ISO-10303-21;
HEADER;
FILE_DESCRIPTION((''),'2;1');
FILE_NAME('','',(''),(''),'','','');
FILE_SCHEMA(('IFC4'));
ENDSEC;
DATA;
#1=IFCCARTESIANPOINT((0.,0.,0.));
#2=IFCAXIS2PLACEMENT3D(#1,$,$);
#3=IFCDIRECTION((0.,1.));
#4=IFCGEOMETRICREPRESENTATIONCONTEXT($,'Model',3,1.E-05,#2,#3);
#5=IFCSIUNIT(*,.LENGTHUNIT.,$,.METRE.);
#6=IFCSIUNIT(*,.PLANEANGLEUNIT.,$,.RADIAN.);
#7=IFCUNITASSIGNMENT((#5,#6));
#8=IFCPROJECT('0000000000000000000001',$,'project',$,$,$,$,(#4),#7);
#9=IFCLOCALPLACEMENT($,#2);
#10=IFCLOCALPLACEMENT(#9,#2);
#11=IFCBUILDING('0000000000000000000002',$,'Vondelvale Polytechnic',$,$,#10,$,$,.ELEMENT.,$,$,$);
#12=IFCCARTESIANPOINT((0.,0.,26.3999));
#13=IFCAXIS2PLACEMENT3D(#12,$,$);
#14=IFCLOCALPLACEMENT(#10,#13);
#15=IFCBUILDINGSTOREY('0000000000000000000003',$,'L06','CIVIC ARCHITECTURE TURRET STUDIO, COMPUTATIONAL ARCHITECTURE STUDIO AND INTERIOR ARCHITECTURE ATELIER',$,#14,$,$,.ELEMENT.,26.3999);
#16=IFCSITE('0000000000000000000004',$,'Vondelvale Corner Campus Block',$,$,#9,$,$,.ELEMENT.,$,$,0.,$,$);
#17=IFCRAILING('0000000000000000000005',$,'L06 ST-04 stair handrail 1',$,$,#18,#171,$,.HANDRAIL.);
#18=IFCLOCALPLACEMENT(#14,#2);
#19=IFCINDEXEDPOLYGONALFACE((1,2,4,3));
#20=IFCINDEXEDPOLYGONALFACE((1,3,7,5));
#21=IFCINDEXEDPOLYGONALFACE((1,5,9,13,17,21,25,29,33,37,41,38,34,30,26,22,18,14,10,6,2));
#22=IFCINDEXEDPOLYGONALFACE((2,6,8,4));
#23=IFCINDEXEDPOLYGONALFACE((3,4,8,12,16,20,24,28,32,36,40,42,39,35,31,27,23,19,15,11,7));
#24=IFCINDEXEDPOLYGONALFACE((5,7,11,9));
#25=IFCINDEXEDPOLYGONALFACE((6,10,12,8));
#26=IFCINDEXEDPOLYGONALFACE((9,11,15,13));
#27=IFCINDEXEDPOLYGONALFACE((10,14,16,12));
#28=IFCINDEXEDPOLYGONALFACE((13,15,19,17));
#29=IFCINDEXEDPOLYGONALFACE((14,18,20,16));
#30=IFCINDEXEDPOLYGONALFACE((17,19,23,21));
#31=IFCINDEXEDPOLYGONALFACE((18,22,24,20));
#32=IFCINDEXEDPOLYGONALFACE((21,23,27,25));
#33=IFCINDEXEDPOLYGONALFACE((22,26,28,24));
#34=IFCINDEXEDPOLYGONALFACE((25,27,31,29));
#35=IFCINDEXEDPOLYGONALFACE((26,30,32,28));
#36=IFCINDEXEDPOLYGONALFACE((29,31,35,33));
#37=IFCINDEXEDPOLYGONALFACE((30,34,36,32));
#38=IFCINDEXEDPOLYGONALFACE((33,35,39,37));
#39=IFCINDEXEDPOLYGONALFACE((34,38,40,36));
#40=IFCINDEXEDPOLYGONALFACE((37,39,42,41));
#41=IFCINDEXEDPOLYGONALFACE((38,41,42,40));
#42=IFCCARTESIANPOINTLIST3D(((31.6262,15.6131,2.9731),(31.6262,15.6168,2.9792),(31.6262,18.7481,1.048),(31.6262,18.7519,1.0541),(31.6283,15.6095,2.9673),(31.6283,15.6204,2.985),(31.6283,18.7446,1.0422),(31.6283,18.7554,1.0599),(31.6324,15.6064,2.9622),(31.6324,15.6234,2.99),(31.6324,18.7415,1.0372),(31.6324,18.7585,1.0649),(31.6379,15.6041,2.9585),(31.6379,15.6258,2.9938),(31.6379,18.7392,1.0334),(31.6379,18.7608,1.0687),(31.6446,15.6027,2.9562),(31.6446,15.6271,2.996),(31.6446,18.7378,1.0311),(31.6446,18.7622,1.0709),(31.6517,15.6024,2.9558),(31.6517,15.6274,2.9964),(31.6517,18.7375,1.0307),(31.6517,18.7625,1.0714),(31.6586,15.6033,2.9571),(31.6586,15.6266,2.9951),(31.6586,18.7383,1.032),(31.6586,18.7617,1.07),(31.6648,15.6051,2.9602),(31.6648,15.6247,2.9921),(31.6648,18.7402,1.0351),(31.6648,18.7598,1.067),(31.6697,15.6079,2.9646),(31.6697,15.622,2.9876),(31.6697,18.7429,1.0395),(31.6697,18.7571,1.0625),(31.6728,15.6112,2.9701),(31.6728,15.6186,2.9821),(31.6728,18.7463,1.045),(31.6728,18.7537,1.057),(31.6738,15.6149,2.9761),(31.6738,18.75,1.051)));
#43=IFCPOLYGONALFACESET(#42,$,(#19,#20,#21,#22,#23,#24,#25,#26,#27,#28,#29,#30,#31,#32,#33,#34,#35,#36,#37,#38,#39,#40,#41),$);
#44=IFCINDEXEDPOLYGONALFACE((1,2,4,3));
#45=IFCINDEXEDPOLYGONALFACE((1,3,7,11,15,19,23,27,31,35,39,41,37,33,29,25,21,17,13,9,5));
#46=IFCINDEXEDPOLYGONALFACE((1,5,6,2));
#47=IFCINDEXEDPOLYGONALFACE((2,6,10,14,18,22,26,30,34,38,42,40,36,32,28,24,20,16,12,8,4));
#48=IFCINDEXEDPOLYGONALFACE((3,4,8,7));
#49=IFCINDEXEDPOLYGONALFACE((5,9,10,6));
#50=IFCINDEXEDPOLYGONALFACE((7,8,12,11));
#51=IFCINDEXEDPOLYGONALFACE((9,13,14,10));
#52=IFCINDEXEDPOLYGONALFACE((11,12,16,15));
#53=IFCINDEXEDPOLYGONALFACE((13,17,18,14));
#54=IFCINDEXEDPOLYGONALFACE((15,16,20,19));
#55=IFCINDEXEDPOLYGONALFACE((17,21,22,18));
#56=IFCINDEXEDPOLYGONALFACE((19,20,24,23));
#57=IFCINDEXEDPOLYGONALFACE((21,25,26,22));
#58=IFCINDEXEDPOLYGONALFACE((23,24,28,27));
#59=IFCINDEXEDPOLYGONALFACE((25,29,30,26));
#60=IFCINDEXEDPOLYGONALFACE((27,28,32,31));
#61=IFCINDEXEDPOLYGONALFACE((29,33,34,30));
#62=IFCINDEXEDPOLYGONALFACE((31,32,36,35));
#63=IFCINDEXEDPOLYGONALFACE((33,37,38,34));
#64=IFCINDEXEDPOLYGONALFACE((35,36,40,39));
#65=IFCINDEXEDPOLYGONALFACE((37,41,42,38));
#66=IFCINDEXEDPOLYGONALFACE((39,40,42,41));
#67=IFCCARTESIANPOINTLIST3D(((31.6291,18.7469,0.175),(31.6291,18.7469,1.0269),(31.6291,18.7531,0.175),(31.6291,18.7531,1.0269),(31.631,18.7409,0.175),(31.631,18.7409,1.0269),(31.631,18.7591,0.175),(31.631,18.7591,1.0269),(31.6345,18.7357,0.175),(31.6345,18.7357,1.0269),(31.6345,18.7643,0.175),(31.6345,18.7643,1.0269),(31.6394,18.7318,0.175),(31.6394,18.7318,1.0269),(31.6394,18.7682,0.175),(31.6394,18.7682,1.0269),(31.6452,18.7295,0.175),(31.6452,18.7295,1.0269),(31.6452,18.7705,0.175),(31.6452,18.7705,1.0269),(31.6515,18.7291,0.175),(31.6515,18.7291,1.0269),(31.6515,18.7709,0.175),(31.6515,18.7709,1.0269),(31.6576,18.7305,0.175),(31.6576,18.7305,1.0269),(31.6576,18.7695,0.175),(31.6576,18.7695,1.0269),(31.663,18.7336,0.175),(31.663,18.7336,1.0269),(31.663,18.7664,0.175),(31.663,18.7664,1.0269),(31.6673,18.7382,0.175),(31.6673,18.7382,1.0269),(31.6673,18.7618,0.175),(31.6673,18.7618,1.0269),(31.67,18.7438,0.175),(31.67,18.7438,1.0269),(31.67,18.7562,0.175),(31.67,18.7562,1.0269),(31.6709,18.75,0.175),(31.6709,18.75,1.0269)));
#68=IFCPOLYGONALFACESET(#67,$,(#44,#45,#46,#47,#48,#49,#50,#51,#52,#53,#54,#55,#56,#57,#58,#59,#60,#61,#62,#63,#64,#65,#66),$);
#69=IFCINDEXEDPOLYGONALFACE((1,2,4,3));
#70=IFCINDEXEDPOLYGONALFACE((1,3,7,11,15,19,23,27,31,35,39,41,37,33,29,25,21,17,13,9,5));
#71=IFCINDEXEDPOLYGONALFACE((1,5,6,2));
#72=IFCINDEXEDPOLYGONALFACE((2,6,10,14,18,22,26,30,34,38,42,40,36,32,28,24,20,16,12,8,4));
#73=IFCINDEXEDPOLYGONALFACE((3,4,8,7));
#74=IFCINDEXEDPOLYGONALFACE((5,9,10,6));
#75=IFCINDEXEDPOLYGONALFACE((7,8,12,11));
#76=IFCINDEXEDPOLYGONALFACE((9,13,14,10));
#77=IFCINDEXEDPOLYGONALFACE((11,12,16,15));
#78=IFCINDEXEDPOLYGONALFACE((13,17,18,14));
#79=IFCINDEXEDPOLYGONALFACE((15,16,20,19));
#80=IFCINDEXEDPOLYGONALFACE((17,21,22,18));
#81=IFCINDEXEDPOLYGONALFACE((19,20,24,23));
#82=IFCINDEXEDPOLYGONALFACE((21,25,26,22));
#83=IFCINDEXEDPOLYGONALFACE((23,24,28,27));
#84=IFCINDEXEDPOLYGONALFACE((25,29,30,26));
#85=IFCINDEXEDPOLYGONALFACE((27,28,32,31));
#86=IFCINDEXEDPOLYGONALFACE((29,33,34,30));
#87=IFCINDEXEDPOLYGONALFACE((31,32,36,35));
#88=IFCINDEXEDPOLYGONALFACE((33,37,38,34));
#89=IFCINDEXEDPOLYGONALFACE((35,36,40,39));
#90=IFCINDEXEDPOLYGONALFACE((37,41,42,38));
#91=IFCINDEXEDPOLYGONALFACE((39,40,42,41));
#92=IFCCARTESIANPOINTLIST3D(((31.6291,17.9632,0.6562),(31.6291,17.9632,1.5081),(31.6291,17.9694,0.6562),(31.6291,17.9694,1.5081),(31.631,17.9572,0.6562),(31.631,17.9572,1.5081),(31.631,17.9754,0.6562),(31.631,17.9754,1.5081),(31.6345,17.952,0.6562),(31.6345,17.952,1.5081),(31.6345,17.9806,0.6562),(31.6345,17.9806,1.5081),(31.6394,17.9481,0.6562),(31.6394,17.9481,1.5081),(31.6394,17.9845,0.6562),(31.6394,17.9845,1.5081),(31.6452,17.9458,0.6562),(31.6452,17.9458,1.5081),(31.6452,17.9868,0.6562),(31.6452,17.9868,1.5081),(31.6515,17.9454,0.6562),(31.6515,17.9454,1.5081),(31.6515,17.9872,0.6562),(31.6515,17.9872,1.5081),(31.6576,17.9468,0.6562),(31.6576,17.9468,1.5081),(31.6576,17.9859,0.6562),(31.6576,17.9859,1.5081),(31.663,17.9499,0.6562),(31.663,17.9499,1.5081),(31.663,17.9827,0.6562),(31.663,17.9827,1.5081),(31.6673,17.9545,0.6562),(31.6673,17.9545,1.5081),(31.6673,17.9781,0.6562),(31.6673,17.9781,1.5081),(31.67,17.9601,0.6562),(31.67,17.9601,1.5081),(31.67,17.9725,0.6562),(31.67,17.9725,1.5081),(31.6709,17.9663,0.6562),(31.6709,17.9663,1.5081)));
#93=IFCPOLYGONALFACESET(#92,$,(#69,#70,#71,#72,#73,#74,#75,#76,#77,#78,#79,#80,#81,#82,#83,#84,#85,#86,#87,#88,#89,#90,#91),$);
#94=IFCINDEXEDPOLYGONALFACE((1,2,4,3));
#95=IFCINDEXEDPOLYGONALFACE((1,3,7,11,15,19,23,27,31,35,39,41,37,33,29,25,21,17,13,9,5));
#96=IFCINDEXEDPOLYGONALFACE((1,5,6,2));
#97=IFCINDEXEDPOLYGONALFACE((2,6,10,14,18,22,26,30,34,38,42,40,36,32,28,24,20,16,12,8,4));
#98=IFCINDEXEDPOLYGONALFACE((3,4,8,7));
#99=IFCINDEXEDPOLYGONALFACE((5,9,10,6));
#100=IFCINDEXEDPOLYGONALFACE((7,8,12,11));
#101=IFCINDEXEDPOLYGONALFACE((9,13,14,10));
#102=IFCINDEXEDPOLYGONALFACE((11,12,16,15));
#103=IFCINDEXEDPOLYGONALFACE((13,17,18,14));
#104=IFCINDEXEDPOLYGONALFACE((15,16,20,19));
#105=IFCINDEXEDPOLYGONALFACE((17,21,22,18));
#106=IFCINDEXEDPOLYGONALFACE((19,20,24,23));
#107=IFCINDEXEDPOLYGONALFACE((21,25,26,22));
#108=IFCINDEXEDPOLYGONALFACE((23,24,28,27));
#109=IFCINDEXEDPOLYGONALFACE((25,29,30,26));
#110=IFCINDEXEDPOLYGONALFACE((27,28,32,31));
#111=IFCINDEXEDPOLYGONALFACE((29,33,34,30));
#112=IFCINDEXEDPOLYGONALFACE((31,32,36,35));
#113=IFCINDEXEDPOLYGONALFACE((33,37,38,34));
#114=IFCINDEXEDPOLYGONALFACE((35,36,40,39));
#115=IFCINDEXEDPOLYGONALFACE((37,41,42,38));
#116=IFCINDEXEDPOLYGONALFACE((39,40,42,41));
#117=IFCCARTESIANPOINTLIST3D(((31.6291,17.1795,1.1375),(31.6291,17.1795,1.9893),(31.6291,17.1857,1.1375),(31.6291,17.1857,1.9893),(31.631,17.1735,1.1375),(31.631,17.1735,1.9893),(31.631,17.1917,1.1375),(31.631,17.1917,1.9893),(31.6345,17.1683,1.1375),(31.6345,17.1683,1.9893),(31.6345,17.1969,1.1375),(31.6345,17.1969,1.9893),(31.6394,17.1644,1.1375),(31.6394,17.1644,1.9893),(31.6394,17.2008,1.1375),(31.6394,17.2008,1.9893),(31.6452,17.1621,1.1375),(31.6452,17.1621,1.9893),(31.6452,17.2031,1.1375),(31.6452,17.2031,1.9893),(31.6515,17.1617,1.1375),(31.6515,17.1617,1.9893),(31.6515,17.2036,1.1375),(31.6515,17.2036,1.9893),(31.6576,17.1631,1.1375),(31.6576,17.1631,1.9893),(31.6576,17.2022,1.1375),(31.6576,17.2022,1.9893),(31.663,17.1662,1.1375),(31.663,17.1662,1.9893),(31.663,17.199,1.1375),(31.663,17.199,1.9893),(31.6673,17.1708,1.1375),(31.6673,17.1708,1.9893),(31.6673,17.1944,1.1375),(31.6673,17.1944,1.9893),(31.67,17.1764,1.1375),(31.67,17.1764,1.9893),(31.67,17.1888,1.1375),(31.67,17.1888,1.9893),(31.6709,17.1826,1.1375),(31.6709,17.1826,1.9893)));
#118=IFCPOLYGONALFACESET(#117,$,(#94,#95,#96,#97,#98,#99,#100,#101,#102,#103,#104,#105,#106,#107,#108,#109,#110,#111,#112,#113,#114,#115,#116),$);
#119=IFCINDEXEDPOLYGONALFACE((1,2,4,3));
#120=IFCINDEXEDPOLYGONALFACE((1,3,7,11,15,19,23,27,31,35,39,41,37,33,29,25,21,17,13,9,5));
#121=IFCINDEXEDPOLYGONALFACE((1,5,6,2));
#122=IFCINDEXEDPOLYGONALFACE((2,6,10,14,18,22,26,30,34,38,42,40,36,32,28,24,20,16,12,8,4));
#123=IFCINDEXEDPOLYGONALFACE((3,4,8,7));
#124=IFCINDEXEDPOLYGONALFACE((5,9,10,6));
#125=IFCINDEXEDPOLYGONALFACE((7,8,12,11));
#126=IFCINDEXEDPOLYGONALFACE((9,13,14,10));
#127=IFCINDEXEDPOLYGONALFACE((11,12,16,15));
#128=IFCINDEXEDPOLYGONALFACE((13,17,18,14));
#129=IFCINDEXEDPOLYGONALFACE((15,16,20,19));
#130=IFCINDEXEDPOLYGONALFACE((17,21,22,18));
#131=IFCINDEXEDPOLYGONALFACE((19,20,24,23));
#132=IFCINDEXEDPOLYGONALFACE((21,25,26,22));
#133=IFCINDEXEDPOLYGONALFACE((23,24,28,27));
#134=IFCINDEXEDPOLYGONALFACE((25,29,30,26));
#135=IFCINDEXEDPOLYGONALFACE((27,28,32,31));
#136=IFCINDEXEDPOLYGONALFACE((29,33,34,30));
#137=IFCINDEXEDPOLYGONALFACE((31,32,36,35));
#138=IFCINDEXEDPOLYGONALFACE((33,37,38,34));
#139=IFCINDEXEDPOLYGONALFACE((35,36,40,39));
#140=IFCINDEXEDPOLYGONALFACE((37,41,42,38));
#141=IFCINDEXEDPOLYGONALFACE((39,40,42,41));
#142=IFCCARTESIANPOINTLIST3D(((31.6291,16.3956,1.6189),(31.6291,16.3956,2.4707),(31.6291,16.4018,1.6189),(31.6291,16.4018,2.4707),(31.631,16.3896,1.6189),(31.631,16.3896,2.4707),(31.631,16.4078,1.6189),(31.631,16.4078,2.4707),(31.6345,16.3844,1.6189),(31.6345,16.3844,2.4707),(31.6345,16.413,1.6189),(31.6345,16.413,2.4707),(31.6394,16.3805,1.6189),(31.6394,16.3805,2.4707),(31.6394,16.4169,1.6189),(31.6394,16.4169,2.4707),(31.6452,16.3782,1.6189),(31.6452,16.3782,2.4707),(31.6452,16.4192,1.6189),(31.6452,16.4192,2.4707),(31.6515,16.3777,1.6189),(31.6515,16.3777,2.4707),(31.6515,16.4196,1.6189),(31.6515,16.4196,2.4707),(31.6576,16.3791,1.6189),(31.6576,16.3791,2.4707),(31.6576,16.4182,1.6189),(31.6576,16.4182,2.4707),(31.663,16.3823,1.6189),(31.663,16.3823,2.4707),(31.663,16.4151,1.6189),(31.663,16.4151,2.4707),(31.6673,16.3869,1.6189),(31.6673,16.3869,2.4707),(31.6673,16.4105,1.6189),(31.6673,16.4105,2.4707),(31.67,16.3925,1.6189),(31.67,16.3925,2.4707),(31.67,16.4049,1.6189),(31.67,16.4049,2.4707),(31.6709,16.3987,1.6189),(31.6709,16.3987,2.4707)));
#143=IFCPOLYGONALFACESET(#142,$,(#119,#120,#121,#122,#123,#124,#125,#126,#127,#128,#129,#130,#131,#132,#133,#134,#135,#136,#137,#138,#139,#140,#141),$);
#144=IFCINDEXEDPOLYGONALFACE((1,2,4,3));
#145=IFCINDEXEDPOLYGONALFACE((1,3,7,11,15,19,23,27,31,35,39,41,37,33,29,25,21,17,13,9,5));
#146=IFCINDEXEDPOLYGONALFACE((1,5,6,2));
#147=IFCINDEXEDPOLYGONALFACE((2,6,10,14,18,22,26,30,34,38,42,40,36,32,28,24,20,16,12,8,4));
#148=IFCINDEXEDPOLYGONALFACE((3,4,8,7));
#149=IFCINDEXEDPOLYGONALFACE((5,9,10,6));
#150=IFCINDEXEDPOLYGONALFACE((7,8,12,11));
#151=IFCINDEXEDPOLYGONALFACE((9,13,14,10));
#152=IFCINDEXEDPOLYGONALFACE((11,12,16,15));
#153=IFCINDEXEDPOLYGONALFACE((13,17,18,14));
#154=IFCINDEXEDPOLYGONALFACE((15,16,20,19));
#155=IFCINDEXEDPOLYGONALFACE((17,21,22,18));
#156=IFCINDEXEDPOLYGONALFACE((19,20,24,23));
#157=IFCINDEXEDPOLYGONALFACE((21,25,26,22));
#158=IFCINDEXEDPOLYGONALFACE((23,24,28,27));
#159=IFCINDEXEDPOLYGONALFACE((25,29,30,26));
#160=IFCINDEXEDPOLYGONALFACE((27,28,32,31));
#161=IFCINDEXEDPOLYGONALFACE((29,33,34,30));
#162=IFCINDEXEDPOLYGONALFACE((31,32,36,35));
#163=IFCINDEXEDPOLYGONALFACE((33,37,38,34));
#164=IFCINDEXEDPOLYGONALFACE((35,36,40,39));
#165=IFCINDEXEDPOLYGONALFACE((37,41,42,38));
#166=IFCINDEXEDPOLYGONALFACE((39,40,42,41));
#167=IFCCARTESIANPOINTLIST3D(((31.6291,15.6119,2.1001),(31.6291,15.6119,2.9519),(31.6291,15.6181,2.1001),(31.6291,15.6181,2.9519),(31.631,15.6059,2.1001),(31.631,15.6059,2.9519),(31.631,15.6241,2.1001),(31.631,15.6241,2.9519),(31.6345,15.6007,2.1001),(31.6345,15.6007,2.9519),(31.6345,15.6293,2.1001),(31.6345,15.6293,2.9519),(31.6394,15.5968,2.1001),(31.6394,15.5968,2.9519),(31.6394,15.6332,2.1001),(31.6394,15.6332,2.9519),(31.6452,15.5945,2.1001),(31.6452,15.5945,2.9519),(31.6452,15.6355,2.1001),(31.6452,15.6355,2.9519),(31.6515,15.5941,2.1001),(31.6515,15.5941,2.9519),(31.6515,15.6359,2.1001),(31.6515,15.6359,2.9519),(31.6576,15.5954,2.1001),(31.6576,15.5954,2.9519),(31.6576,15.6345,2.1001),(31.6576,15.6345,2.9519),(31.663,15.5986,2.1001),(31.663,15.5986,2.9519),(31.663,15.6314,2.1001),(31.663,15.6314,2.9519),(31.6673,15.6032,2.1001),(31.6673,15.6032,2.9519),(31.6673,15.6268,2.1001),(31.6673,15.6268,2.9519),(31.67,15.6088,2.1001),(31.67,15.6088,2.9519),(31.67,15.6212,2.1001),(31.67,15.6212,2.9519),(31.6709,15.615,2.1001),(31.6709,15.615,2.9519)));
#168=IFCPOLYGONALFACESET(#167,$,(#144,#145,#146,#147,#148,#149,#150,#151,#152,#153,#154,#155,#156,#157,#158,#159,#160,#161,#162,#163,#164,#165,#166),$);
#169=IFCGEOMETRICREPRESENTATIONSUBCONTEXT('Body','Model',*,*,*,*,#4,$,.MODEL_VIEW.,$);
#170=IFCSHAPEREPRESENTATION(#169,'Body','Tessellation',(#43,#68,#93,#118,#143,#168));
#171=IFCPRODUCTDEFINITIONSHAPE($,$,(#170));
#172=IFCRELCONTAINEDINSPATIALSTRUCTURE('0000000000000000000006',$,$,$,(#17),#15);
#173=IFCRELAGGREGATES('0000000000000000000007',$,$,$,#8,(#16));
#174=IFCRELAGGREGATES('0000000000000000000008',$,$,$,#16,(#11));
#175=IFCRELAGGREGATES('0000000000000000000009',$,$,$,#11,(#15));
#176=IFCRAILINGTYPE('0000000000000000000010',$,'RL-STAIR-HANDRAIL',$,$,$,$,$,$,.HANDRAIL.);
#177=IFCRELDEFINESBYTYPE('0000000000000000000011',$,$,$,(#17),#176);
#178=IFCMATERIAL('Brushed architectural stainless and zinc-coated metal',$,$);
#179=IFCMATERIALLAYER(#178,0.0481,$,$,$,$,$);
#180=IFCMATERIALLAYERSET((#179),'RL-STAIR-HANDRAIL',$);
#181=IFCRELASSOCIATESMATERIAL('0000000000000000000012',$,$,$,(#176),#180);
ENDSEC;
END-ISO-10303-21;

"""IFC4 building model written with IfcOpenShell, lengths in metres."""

from ifc_helpers import new_model, si_unit, direction, frame, origin, origin_2d, place, context, subcontext, project, spatial, circle, extrude, material, layer, layer_set, type_object, element, save


model = new_model("IFC4")

# Units and contexts
model_context = context("Model", 3, precision=1e-05, world=origin(), true_north=direction((0.0, 1.0)))
body_context = subcontext(model_context, "Body", "Model", "MODEL_VIEW")
ifc_project = project(units=[si_unit("LENGTHUNIT", "METRE"), si_unit("PLANEANGLEUNIT", "RADIAN")], contexts=[model_context])

# Site, building, storey
site_placement = place(None, origin())
site = spatial("IfcSite", under=ifc_project, at=site_placement, Name="Vondelvale Corner Campus Block", CompositionType="ELEMENT", RefElevation=0.0)
building_placement = place(site_placement, origin())
building = spatial("IfcBuilding", under=site, at=building_placement, Name="Vondelvale Polytechnic", CompositionType="ELEMENT")
storey_placement = place(building_placement, frame((0.0, 0.0, 26.3999)))
storey = spatial("IfcBuildingStorey", under=building, at=storey_placement, Name="L06", Description="CIVIC ARCHITECTURE TURRET STUDIO, COMPUTATIONAL ARCHITECTURE STUDIO AND INTERIOR ARCHITECTURE ATELIER", CompositionType="ELEMENT", Elevation=26.3999)

# Shared definitions
ifc_material_1 = material(Name="Brushed architectural stainless and zinc-coated metal")

# Railing
ifc_layer_1 = layer(ifc_material_1, 0.0481)
ifc_layer_set_1 = layer_set([ifc_layer_1], Name="RL-STAIR-HANDRAIL")
railing_type_1 = type_object("IfcRailingType", Name="RL-STAIR-HANDRAIL", PredefinedType="HANDRAIL", material=ifc_layer_set_1)
railing_1_placement = place(storey_placement, frame((31.6499, 18.75, 0.175)))
element("IfcRailing", 1, at=railing_1_placement, inside=storey, type_object=railing_type_1, Name="L06 ST-04 stair handrail 1", PredefinedType="HANDRAIL", context=body_context, shape_type="SweptSolid", body=[
    extrude(circle(Radius=0.0239, at=origin_2d()), frame((0.0, 0.0, 0.876), z_axis=(0.0, -0.852166, 0.523271), x_axis=(1.0, 0.0, 0.0)), (0.0, 0.0, 1.0), 3.679),
    extrude(circle(Radius=0.021, at=origin_2d()), origin(), (0.0, 0.0, 1.0), 0.8518),
    extrude(circle(Radius=0.021, at=origin_2d()), frame((0.0, -0.7837, 0.4812)), (0.0, 0.0, 1.0), 0.8518),
    extrude(circle(Radius=0.021, at=origin_2d()), frame((0.0, -1.5674, 0.9624)), (0.0, 0.0, 1.0), 0.8518),
    extrude(circle(Radius=0.021, at=origin_2d()), frame((0.0, -2.3513, 1.4438)), (0.0, 0.0, 1.0), 0.8518),
    extrude(circle(Radius=0.021, at=origin_2d()), frame((0.0, -3.135, 1.925)), (0.0, 0.0, 1.0), 0.8518),
])

save(model, "model.ifc")
